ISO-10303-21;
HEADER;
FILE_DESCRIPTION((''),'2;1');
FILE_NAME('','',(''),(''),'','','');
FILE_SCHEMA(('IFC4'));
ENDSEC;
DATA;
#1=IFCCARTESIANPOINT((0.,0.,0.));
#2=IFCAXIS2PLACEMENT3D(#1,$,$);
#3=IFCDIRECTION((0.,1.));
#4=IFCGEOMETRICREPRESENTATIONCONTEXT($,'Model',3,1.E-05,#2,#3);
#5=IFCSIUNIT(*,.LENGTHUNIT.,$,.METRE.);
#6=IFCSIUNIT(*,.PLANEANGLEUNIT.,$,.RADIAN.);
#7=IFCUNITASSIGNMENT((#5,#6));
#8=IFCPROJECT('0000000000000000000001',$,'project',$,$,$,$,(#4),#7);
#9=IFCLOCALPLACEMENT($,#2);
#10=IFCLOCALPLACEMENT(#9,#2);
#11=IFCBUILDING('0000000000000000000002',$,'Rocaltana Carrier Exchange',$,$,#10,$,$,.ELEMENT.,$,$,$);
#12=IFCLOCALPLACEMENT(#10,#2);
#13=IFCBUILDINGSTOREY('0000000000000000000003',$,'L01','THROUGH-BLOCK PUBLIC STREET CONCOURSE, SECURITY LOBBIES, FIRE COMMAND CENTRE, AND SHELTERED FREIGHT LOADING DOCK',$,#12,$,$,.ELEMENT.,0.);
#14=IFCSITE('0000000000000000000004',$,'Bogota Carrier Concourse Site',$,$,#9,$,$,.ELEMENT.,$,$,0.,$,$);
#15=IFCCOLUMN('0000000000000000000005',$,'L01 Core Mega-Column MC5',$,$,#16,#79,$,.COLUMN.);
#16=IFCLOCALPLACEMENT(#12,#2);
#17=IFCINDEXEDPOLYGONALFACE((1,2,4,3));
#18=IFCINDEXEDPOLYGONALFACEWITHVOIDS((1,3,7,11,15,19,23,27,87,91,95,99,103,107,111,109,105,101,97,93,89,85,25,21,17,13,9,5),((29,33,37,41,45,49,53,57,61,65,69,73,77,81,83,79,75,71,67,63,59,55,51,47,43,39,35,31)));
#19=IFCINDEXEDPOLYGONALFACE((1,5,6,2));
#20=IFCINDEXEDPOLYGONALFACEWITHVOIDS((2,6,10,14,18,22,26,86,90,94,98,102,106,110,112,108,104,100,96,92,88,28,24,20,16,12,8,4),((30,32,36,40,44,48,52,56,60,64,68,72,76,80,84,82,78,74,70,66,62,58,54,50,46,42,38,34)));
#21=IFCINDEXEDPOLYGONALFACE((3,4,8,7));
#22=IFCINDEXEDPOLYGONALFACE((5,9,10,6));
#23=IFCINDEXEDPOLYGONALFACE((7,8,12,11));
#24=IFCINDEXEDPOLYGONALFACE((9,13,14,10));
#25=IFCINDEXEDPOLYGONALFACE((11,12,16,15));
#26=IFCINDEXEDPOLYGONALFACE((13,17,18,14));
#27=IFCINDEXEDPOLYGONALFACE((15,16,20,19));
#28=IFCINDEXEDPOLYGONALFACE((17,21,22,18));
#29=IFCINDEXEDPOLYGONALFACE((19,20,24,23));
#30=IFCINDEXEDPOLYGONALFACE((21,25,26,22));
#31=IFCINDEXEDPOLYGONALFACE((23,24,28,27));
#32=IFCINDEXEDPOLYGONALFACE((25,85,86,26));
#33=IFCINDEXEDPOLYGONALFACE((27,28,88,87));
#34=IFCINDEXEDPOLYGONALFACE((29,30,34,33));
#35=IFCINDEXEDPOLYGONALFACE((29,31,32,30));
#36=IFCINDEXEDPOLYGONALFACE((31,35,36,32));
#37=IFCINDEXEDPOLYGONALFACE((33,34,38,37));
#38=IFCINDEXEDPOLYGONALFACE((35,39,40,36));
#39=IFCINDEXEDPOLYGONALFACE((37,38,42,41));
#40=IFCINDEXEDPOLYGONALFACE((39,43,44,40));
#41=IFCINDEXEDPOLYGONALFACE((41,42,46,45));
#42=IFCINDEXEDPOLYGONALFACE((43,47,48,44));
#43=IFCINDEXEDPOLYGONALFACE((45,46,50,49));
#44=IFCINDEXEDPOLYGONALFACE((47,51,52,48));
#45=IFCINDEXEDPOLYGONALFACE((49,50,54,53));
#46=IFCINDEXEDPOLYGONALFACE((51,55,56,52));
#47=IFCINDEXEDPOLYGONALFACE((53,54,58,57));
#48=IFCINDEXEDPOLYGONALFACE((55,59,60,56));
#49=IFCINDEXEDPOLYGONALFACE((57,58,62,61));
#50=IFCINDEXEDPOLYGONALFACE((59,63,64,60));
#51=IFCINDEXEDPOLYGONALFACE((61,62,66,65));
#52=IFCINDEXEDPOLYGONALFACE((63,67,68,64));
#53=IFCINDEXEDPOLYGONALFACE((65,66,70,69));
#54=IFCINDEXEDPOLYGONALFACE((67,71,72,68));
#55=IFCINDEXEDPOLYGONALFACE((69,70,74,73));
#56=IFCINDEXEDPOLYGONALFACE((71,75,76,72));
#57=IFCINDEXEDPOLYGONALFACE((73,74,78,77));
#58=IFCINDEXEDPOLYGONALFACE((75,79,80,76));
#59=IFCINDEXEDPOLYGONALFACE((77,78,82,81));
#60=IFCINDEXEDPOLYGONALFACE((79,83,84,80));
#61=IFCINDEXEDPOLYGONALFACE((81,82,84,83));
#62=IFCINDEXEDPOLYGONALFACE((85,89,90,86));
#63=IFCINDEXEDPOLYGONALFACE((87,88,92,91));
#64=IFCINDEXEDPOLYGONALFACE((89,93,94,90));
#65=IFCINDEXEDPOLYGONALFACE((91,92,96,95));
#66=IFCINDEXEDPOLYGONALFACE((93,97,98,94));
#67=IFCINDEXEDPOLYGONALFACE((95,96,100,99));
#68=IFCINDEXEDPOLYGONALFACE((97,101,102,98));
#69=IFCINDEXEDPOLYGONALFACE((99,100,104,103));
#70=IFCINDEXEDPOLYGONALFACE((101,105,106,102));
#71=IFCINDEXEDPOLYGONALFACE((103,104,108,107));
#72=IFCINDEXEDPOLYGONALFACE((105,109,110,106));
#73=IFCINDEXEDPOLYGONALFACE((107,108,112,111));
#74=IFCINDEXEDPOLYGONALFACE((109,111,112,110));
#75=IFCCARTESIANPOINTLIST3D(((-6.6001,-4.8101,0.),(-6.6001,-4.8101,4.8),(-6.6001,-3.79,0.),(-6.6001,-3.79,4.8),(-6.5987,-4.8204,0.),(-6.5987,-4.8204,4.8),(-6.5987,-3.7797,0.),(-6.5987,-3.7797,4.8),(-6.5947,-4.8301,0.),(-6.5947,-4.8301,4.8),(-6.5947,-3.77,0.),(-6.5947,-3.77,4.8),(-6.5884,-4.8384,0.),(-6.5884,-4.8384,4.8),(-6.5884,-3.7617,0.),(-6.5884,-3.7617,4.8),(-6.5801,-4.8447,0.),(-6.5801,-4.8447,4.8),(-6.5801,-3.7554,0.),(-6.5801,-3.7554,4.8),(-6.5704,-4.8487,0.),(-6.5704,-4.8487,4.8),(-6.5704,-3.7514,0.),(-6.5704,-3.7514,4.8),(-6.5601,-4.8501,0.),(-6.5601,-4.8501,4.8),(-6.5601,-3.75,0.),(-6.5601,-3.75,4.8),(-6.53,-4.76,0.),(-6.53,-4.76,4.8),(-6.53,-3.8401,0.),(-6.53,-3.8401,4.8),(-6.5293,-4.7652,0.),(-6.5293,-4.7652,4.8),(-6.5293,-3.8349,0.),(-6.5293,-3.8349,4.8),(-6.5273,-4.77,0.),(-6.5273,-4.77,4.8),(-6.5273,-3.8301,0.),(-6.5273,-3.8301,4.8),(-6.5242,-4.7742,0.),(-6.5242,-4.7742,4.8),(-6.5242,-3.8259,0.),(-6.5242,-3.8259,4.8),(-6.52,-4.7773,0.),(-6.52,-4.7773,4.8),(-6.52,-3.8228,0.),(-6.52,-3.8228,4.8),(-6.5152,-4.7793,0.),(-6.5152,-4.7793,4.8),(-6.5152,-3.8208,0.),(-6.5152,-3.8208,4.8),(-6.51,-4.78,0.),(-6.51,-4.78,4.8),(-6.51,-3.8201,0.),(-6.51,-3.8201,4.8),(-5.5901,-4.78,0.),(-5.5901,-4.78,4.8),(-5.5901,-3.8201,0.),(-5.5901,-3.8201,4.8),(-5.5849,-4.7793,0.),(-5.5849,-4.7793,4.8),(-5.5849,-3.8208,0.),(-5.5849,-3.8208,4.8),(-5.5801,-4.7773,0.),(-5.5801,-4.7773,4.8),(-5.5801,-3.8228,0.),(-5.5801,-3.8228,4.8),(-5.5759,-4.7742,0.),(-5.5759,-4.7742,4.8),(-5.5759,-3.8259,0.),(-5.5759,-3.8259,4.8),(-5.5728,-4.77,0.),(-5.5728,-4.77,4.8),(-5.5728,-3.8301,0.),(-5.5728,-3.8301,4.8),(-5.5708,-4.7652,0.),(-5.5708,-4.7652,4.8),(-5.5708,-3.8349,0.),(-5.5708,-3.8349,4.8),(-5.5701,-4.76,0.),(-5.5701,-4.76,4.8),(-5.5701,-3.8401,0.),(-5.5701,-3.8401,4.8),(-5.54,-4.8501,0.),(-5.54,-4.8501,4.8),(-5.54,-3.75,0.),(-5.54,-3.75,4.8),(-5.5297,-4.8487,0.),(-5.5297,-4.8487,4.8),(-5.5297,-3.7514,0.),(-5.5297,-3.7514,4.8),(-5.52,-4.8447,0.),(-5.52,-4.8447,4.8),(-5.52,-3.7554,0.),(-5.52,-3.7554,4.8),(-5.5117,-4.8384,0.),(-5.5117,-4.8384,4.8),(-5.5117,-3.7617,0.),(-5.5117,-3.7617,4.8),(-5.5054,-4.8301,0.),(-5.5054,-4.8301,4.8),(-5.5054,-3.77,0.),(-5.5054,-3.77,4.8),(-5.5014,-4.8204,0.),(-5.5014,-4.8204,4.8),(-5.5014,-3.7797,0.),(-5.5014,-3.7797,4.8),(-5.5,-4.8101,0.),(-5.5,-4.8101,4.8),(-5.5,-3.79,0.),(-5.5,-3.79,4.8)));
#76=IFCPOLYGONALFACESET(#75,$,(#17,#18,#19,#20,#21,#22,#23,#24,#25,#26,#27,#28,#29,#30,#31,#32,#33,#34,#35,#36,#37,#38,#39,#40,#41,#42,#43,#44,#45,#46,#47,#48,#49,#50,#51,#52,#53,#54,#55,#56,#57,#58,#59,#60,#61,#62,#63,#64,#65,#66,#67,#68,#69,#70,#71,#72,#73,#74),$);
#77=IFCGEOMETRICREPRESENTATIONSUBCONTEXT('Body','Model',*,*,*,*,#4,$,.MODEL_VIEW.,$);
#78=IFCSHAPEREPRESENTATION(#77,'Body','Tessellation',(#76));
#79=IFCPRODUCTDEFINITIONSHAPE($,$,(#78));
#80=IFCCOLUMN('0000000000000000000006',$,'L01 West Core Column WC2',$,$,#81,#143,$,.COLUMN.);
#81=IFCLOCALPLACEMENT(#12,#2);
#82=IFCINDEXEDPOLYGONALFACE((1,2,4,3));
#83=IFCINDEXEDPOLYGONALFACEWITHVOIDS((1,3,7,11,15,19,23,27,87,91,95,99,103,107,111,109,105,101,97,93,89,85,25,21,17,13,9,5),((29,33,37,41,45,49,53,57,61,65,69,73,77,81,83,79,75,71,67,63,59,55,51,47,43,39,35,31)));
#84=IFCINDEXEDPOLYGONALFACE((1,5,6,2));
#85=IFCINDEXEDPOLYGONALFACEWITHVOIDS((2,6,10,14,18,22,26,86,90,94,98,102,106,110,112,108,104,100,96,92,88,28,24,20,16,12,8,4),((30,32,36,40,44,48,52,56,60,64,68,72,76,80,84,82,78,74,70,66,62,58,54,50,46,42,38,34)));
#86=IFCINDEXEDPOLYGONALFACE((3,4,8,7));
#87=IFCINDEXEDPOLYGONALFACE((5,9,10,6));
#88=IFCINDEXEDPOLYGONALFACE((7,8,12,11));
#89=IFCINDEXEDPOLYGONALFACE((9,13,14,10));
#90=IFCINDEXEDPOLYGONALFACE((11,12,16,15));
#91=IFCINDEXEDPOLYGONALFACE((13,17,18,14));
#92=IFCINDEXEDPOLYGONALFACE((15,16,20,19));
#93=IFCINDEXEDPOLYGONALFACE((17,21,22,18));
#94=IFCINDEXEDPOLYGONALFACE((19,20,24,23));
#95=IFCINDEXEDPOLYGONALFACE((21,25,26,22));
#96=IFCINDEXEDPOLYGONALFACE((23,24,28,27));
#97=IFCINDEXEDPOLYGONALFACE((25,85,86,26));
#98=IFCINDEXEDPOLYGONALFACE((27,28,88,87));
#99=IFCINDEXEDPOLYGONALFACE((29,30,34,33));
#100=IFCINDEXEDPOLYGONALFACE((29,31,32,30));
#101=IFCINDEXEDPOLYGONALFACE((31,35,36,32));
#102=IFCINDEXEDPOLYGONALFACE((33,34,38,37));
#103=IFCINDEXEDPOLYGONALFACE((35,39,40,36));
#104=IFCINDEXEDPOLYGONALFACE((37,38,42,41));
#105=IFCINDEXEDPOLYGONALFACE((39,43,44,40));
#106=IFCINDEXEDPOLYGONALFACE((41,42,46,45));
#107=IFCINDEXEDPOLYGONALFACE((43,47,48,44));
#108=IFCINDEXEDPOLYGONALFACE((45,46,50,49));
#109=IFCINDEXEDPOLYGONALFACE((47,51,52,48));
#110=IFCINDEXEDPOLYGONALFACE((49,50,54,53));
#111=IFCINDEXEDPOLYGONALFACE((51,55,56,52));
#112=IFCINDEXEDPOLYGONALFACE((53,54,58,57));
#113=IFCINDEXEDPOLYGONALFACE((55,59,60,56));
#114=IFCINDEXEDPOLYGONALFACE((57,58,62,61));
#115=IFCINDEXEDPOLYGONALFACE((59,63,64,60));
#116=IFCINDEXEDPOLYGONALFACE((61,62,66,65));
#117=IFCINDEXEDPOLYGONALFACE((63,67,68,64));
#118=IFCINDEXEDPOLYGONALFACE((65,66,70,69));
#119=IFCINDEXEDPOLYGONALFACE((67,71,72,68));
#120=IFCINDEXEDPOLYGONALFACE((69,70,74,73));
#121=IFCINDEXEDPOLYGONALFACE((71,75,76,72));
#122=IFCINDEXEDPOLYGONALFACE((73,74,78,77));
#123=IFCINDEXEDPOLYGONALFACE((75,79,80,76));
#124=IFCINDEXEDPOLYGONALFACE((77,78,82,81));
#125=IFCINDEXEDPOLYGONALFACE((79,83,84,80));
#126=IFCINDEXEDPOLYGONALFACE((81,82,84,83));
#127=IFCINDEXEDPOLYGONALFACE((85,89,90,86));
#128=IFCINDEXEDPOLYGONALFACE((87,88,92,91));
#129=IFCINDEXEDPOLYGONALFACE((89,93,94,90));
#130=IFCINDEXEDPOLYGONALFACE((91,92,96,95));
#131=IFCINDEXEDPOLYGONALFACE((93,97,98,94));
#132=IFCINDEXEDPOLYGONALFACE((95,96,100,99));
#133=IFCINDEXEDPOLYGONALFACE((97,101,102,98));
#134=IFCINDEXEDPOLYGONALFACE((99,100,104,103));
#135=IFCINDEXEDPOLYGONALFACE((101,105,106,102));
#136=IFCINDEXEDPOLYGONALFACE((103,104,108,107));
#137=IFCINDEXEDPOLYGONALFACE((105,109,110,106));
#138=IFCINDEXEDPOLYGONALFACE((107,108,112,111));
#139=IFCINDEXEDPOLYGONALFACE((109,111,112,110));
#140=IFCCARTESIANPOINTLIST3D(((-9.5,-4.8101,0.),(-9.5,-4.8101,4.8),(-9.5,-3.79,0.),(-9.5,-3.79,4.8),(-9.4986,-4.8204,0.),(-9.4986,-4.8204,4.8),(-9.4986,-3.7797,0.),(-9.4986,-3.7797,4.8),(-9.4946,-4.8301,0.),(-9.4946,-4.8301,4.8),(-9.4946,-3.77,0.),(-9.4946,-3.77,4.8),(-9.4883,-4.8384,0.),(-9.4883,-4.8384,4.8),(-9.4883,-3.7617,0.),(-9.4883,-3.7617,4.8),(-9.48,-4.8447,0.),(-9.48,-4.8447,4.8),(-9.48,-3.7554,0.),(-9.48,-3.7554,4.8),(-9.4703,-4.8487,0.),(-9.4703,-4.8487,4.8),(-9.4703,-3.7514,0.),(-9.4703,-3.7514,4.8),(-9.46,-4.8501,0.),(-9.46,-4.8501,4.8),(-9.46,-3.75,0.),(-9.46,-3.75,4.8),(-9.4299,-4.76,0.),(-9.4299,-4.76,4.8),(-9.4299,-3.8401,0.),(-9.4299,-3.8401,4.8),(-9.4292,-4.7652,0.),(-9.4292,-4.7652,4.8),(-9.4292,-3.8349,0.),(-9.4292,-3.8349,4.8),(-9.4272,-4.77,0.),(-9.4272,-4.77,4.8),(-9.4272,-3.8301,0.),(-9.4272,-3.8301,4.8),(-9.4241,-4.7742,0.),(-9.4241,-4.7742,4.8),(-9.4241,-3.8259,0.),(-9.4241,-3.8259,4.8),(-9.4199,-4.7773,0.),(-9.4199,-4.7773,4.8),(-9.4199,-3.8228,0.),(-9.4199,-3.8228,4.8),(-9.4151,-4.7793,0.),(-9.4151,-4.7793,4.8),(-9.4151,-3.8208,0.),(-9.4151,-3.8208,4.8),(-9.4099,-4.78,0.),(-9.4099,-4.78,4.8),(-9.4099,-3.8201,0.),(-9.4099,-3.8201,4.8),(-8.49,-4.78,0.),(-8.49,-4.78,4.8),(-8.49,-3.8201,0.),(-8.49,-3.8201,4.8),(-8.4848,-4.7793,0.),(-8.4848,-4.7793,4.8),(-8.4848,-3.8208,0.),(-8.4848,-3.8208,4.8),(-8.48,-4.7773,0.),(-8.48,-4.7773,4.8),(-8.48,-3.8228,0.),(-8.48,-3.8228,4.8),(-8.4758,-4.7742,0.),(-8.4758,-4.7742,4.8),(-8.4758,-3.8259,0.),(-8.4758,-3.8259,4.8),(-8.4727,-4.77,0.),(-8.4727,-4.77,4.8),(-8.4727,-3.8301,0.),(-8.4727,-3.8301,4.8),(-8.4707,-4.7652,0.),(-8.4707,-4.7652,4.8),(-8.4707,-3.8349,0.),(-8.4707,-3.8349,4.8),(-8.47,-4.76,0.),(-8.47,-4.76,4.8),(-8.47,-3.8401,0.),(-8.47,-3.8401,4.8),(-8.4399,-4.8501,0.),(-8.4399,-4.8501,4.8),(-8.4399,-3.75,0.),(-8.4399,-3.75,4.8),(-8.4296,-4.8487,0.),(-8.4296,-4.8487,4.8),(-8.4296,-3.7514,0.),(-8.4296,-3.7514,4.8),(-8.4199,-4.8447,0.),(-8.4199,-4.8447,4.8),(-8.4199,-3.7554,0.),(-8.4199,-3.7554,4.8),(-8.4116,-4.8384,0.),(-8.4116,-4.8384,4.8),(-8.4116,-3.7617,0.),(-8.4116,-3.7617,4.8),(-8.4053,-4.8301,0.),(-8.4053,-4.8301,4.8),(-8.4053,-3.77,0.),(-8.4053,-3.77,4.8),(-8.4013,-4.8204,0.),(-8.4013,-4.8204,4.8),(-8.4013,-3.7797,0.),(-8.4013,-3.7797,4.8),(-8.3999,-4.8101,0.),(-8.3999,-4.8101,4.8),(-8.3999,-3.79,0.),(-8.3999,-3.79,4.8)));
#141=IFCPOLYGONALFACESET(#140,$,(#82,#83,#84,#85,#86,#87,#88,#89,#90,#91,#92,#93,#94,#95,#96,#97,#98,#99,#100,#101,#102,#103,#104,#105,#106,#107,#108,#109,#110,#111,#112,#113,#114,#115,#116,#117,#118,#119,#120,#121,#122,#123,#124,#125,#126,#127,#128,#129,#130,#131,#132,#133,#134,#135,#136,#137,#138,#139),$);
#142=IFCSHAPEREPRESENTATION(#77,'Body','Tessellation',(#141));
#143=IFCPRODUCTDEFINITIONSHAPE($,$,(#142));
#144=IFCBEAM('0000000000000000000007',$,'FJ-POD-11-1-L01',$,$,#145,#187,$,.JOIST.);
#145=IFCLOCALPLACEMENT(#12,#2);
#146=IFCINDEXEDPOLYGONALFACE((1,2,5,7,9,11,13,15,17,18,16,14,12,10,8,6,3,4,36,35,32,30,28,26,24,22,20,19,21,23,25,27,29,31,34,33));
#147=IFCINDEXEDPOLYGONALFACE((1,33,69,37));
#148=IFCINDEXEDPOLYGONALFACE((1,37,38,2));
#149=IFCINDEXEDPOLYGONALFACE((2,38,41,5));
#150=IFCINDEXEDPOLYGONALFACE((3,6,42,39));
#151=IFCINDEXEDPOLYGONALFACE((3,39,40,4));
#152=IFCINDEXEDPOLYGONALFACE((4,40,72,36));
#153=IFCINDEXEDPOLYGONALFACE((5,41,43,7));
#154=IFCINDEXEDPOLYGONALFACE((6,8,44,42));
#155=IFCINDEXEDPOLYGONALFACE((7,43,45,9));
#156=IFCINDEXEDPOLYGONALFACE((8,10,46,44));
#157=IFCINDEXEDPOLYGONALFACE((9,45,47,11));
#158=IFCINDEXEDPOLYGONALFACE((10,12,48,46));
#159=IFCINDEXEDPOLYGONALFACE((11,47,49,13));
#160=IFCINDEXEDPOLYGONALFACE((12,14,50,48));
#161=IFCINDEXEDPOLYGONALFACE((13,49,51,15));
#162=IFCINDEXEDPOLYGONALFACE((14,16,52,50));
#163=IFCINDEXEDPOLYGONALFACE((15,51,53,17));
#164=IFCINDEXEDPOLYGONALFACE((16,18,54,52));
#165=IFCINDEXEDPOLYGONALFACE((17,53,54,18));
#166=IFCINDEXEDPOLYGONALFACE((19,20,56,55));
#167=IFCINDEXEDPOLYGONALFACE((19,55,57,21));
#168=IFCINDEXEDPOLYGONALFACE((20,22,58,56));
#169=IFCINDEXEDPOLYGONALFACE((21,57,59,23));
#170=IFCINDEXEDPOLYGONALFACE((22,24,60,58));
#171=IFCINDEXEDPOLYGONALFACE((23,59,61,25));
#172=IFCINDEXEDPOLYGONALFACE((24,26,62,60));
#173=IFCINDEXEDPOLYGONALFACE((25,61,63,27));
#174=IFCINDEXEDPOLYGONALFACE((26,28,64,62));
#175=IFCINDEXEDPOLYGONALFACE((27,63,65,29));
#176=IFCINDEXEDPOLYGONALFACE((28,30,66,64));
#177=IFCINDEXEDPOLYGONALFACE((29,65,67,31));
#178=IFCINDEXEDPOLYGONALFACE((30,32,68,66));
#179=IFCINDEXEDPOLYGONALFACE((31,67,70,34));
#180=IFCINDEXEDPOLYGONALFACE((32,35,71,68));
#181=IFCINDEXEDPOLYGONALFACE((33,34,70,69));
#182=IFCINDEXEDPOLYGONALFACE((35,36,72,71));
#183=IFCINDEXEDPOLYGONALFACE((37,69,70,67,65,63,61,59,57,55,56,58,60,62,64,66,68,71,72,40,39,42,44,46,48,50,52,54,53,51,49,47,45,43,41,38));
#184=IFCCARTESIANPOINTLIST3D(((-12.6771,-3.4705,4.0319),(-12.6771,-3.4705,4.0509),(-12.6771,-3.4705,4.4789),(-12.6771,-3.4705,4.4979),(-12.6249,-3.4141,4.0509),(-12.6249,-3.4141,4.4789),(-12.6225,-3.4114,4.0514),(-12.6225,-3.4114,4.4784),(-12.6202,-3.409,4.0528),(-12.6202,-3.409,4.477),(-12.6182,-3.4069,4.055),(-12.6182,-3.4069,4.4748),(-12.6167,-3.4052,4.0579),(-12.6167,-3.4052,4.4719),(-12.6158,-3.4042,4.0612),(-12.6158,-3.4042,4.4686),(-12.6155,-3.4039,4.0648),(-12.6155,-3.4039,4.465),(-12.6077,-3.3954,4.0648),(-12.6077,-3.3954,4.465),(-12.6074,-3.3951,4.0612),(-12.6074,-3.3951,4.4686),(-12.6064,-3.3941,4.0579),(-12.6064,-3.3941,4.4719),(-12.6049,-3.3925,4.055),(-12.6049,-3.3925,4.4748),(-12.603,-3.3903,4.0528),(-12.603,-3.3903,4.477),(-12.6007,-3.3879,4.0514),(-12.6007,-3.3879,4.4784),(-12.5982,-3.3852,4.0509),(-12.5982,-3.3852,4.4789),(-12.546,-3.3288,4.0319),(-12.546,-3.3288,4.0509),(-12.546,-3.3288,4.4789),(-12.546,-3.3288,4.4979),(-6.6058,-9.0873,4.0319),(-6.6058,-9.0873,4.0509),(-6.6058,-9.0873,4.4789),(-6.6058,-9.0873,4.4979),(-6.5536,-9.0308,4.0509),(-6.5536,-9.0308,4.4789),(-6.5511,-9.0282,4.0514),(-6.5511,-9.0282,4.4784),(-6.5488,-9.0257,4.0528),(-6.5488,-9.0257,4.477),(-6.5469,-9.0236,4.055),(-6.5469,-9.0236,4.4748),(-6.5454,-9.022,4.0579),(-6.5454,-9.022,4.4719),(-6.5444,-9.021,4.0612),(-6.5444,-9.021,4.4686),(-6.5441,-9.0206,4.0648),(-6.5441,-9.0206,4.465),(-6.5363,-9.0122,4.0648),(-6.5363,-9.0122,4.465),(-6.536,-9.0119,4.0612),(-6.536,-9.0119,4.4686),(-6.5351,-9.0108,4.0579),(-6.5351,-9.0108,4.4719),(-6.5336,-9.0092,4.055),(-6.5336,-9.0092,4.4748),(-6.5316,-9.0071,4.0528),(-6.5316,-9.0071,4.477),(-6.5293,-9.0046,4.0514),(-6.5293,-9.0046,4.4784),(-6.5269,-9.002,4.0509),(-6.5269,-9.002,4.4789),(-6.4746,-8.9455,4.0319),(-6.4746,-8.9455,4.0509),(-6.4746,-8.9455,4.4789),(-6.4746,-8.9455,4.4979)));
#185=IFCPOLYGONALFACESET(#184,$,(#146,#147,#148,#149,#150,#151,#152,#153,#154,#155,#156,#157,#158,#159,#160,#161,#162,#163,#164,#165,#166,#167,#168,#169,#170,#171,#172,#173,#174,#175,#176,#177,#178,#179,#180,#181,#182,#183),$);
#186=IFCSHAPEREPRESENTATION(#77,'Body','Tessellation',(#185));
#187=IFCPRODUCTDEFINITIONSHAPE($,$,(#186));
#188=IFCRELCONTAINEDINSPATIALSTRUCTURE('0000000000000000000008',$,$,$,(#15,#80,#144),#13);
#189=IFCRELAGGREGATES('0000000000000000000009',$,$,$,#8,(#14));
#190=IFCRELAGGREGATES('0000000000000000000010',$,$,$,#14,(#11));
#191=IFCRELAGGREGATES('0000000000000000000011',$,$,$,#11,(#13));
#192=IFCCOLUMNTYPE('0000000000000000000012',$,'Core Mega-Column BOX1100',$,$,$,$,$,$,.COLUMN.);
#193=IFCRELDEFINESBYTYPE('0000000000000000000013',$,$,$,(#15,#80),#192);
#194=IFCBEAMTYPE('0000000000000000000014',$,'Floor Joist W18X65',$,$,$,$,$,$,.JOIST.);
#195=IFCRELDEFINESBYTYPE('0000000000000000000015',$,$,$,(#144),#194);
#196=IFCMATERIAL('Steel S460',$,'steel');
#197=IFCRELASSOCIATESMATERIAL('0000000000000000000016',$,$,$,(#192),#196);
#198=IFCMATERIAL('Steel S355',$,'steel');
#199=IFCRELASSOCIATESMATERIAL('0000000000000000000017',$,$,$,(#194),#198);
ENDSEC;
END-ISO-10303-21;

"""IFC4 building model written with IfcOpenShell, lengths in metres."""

from ifc_helpers import new_model, si_unit, direction, frame, origin, origin_2d, place, context, subcontext, project, spatial, hollow_rectangle, i_section, extrude, material, material_profile, profile_set, type_object, element, save


model = new_model("IFC4")

# Units and contexts
model_context = context("Model", 3, precision=1e-05, world=origin(), true_north=direction((0.0, 1.0)))
body_context = subcontext(model_context, "Body", "Model", "MODEL_VIEW")
ifc_project = project(units=[si_unit("LENGTHUNIT", "METRE"), si_unit("PLANEANGLEUNIT", "RADIAN")], contexts=[model_context])

# Site, building, storey
site_placement = place(None, origin())
site = spatial("IfcSite", under=ifc_project, at=site_placement, Name="Bogota Carrier Concourse Site", CompositionType="ELEMENT", RefElevation=0.0)
building_placement = place(site_placement, origin())
building = spatial("IfcBuilding", under=site, at=building_placement, Name="Rocaltana Carrier Exchange", CompositionType="ELEMENT")
storey_placement = place(building_placement, origin())
storey = spatial("IfcBuildingStorey", under=building, at=storey_placement, Name="L01", Description="THROUGH-BLOCK PUBLIC STREET CONCOURSE, SECURITY LOBBIES, FIRE COMMAND CENTRE, AND SHELTERED FREIGHT LOADING DOCK", CompositionType="ELEMENT", Elevation=0.0)

# Columns
ifc_material_1 = material(Name="Steel S460", Category="steel")
ifc_material_profile_1 = material_profile(ifc_material_1, hollow_rectangle(XDim=1.1001, YDim=1.1001, WallThickness=0.0701, InnerFilletRadius=0.02, OuterFilletRadius=0.04, at=origin_2d()), Name="BOX1100X1100X70")
ifc_profile_set_1 = profile_set([ifc_material_profile_1], Name="Steel S460")
column_type = type_object("IfcColumnType", Name="Core Mega-Column BOX1100", PredefinedType="COLUMN", material=ifc_profile_set_1)
for number, where, z_axis, x_axis, name in (
    (1, (-6.05, -4.3, 0.0), (0.0, 0.0, 1.0), (1.0, 0.0, 0.0), "L01 Core Mega-Column MC5"),
    (2, (-8.95, -4.3, 0.0), (0.0, 0.0, 1.0), (1.0, 0.0, 0.0), "L01 West Core Column WC2"),
):
    element("IfcColumn", number, at=place(storey_placement, frame(where, z_axis=z_axis, x_axis=x_axis)), inside=storey, type_object=column_type, Name=name, PredefinedType="COLUMN", context=body_context, shape_type="SweptSolid", body=[
        extrude(hollow_rectangle(XDim=1.1001, YDim=1.1001, WallThickness=0.0701, InnerFilletRadius=0.02, OuterFilletRadius=0.04, at=origin_2d()), origin(), (0.0, 0.0, 1.0), 4.8),
    ])

# Beam
ifc_material_2 = material(Name="Steel S355", Category="steel")
ifc_material_profile_2 = material_profile(ifc_material_2, i_section(OverallWidth=0.1931, OverallDepth=0.4661, WebThickness=0.0115, FlangeThickness=0.019, FilletRadius=0.0139, at=origin_2d()), Name="W18X65")
ifc_profile_set_2 = profile_set([ifc_material_profile_2], Name="Steel S355")
beam_type_1 = type_object("IfcBeamType", Name="Floor Joist W18X65", PredefinedType="JOIST", material=ifc_profile_set_2)
beam_1_placement = place(storey_placement, frame((-12.6116, -3.3997, 4.2649), z_axis=(0.734054, -0.679091, 0.0), x_axis=(0.679091, 0.734054, 0.0)))
element("IfcBeam", 3, at=beam_1_placement, inside=storey, type_object=beam_type_1, Name="FJ-POD-11-1-L01", PredefinedType="JOIST", context=body_context, shape_type="SweptSolid", body=[
    extrude(i_section(OverallWidth=0.1931, OverallDepth=0.4661, WebThickness=0.0115, FlangeThickness=0.019, FilletRadius=0.0139, at=origin_2d()), origin(), (0.0, 0.0, 1.0), 8.271),
])

save(model, "model.ifc")
